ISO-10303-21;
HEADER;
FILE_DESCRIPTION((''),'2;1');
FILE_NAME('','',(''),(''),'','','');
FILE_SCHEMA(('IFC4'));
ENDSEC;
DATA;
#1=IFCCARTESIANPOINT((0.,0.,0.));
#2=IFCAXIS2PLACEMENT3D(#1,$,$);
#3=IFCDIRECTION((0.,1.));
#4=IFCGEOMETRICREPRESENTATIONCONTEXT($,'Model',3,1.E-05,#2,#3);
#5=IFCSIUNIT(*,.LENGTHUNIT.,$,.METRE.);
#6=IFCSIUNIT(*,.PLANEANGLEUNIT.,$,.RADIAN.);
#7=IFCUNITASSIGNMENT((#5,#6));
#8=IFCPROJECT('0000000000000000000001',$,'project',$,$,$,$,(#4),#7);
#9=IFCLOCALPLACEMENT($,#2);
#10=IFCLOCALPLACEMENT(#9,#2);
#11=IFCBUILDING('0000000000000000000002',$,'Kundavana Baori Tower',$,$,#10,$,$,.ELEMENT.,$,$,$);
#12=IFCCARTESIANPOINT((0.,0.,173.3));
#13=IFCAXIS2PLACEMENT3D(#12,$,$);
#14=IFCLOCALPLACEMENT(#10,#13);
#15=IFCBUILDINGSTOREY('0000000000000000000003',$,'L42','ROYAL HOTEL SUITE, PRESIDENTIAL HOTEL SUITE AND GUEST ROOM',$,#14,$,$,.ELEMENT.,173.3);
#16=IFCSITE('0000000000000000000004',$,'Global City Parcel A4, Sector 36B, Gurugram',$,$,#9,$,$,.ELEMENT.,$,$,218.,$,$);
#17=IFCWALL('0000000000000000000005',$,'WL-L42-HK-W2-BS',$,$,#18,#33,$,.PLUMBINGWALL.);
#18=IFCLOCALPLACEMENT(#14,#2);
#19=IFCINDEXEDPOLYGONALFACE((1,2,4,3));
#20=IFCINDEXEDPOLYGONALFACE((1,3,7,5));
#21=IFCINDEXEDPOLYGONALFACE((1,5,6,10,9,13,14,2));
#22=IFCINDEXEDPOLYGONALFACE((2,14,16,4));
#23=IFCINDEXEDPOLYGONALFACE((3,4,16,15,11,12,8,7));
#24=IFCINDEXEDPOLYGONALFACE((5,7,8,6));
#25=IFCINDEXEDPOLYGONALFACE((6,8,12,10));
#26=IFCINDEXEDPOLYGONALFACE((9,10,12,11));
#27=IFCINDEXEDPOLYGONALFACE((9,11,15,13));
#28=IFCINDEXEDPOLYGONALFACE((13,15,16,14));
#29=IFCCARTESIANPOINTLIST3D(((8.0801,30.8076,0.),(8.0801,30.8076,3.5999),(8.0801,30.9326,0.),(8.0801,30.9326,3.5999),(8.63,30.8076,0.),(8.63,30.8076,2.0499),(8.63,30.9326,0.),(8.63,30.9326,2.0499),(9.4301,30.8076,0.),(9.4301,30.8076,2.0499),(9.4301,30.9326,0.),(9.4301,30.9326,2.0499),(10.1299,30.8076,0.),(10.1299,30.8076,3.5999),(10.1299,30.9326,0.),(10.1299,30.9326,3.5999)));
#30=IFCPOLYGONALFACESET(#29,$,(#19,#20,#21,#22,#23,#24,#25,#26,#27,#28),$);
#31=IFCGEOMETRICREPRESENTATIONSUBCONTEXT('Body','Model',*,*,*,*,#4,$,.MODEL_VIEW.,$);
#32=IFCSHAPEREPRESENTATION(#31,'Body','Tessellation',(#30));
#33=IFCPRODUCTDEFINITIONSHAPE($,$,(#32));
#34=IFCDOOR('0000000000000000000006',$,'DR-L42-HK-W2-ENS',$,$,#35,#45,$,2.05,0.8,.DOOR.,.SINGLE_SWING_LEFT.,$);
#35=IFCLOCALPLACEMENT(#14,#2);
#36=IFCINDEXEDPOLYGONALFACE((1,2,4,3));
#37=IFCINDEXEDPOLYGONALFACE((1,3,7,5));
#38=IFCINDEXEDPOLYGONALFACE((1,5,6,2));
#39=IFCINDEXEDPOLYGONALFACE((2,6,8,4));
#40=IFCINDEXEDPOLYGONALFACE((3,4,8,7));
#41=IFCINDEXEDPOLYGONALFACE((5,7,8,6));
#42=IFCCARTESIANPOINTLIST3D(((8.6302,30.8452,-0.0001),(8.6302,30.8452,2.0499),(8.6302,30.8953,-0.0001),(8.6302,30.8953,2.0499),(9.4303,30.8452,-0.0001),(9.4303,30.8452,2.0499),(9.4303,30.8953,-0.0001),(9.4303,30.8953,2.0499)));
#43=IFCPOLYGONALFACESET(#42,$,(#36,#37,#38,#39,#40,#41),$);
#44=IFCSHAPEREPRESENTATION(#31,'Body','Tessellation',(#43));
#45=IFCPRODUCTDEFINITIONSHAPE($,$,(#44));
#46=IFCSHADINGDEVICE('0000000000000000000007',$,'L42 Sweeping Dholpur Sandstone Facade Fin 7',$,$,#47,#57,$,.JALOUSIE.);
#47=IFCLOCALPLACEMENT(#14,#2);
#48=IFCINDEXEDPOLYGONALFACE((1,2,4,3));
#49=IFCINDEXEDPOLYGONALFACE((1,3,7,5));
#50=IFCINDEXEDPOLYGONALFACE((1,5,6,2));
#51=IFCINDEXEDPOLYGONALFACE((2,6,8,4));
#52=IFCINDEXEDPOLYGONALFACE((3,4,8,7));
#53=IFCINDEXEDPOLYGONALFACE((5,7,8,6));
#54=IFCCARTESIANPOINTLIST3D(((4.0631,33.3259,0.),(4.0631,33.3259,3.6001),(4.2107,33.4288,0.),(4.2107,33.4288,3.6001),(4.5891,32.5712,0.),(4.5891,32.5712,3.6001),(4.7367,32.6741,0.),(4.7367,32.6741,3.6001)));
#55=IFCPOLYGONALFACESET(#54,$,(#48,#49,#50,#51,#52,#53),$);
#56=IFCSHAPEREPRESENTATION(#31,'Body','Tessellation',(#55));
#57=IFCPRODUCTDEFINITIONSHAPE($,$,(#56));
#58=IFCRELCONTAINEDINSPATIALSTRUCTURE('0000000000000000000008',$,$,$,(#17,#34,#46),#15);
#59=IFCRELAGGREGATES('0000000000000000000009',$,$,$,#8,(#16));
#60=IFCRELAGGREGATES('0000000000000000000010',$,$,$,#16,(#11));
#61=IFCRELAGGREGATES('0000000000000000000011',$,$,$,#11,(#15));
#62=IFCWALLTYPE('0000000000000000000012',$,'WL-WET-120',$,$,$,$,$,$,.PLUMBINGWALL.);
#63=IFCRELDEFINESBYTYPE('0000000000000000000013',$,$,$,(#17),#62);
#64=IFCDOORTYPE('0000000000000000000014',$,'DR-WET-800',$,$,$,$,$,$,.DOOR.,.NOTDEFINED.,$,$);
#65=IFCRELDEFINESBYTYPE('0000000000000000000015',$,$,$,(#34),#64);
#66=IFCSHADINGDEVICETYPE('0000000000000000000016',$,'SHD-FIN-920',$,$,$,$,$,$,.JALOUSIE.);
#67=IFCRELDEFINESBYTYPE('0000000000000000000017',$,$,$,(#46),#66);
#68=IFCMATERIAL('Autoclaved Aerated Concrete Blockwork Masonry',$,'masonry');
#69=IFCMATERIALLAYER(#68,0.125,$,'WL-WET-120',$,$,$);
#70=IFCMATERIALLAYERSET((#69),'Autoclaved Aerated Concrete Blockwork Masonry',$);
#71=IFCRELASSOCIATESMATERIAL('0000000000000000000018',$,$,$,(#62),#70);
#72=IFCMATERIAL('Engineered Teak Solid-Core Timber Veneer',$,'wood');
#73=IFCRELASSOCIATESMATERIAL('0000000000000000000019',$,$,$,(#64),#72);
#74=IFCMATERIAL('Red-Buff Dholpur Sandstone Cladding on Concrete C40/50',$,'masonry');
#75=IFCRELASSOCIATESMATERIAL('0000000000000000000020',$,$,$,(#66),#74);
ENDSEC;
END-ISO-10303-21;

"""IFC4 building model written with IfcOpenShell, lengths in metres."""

from ifc_helpers import new_model, si_unit, direction, frame, frame_2d, origin, origin_2d, place, context, subcontext, project, spatial, rectangle, extrude, material, layer, layer_set, type_object, element, fill, save


model = new_model("IFC4")

# Units and contexts
model_context = context("Model", 3, precision=1e-05, world=origin(), true_north=direction((0.0, 1.0)))
body_context = subcontext(model_context, "Body", "Model", "MODEL_VIEW")
ifc_project = project(units=[si_unit("LENGTHUNIT", "METRE"), si_unit("PLANEANGLEUNIT", "RADIAN")], contexts=[model_context])

# Site, building, storey
site_placement = place(None, origin())
site = spatial("IfcSite", under=ifc_project, at=site_placement, Name="Global City Parcel A4, Sector 36B, Gurugram", CompositionType="ELEMENT", RefElevation=218.0)
building_placement = place(site_placement, origin())
building = spatial("IfcBuilding", under=site, at=building_placement, Name="Kundavana Baori Tower", CompositionType="ELEMENT")
storey_placement = place(building_placement, frame((0.0, 0.0, 173.3)))
storey = spatial("IfcBuildingStorey", under=building, at=storey_placement, Name="L42", Description="ROYAL HOTEL SUITE, PRESIDENTIAL HOTEL SUITE AND GUEST ROOM", CompositionType="ELEMENT", Elevation=173.3)

# Shared definitions
ifc_material_1 = material(Name="Autoclaved Aerated Concrete Blockwork Masonry", Category="masonry")
ifc_layer_1 = layer(ifc_material_1, 0.125, Name="WL-WET-120")
ifc_layer_set_1 = layer_set([ifc_layer_1], Name="Autoclaved Aerated Concrete Blockwork Masonry")
wall_type_1 = type_object("IfcWallType", Name="WL-WET-120", PredefinedType="PLUMBINGWALL", material=ifc_layer_set_1)

# Wall, opening, door
wall_1_placement = place(storey_placement, frame((8.0801, 30.8701, 0.0), z_axis=(0.0, 0.0, 1.0), x_axis=(1.0, 0.0, 0.0)))
wall_1 = element("IfcWall", 1, at=wall_1_placement, inside=storey, type_object=wall_type_1, Name="WL-L42-HK-W2-BS", PredefinedType="PLUMBINGWALL", context=body_context, shape_type="SweptSolid", body=[
    extrude(rectangle(XDim=2.0498, YDim=0.125, at=frame_2d((1.0249, 0.0))), origin(), (0.0, 0.0, 1.0), 3.5999),
])
opening_1_placement = place(wall_1_placement, frame((0.55, 0.0, 0.0)))
opening_1 = element("IfcOpeningElement", 2, at=opening_1_placement, cuts=wall_1, PredefinedType="OPENING", context=body_context, shape_type="SweptSolid", body=[
    extrude(rectangle(XDim=0.8, YDim=2.05, at=frame_2d((0.3999, 1.0249))), frame((0.0, 0.0725, 0.0), z_axis=(0.0, -1.0, 0.0), x_axis=(1.0, 0.0, 0.0)), (0.0, 0.0, 1.0), 0.145),
])
ifc_material_2 = material(Name="Engineered Teak Solid-Core Timber Veneer", Category="wood")
door_type_1 = type_object("IfcDoorType", Name="DR-WET-800", OperationType="NOTDEFINED", PredefinedType="DOOR", material=ifc_material_2)
door_1_placement = place(opening_1_placement, frame((0.8, 0.0, 0.0), z_axis=(0.0, 0.0, 1.0), x_axis=(-1.0, 0.0, 0.0)))
door_1 = element("IfcDoor", 3, at=door_1_placement, inside=storey, type_object=door_type_1, Name="DR-L42-HK-W2-ENS", OperationType="SINGLE_SWING_LEFT", OverallHeight=2.05, OverallWidth=0.8, PredefinedType="DOOR", context=body_context, shape_type="SweptSolid", body=[
    extrude(rectangle(XDim=0.8, YDim=2.05, at=frame_2d((0.3999, 1.0249))), frame((0.0, 0.0249, 0.0), z_axis=(0.0, -1.0, 0.0), x_axis=(1.0, 0.0, 0.0)), (0.0, 0.0, 1.0), 0.05),
])
fill(opening_1, door_1)

# Shading device
ifc_material_3 = material(Name="Red-Buff Dholpur Sandstone Cladding on Concrete C40/50", Category="masonry")
shading_device_type = type_object("IfcShadingDeviceType", Name="SHD-FIN-920", PredefinedType="JALOUSIE", material=ifc_material_3)
shading_device_placement = place(storey_placement, frame((4.3999, 33.0, 0.0), z_axis=(0.0, 0.0, 1.0), x_axis=(0.820451, 0.571716, 0.0)))
element("IfcShadingDevice", 4, at=shading_device_placement, inside=storey, type_object=shading_device_type, Name="L42 Sweeping Dholpur Sandstone Facade Fin 7", PredefinedType="JALOUSIE", context=body_context, shape_type="SweptSolid", body=[
    extrude(rectangle(XDim=0.1799, YDim=0.9199, at=origin_2d()), origin(), (0.0, 0.0, 1.0), 3.6001),
])

save(model, "model.ifc")
